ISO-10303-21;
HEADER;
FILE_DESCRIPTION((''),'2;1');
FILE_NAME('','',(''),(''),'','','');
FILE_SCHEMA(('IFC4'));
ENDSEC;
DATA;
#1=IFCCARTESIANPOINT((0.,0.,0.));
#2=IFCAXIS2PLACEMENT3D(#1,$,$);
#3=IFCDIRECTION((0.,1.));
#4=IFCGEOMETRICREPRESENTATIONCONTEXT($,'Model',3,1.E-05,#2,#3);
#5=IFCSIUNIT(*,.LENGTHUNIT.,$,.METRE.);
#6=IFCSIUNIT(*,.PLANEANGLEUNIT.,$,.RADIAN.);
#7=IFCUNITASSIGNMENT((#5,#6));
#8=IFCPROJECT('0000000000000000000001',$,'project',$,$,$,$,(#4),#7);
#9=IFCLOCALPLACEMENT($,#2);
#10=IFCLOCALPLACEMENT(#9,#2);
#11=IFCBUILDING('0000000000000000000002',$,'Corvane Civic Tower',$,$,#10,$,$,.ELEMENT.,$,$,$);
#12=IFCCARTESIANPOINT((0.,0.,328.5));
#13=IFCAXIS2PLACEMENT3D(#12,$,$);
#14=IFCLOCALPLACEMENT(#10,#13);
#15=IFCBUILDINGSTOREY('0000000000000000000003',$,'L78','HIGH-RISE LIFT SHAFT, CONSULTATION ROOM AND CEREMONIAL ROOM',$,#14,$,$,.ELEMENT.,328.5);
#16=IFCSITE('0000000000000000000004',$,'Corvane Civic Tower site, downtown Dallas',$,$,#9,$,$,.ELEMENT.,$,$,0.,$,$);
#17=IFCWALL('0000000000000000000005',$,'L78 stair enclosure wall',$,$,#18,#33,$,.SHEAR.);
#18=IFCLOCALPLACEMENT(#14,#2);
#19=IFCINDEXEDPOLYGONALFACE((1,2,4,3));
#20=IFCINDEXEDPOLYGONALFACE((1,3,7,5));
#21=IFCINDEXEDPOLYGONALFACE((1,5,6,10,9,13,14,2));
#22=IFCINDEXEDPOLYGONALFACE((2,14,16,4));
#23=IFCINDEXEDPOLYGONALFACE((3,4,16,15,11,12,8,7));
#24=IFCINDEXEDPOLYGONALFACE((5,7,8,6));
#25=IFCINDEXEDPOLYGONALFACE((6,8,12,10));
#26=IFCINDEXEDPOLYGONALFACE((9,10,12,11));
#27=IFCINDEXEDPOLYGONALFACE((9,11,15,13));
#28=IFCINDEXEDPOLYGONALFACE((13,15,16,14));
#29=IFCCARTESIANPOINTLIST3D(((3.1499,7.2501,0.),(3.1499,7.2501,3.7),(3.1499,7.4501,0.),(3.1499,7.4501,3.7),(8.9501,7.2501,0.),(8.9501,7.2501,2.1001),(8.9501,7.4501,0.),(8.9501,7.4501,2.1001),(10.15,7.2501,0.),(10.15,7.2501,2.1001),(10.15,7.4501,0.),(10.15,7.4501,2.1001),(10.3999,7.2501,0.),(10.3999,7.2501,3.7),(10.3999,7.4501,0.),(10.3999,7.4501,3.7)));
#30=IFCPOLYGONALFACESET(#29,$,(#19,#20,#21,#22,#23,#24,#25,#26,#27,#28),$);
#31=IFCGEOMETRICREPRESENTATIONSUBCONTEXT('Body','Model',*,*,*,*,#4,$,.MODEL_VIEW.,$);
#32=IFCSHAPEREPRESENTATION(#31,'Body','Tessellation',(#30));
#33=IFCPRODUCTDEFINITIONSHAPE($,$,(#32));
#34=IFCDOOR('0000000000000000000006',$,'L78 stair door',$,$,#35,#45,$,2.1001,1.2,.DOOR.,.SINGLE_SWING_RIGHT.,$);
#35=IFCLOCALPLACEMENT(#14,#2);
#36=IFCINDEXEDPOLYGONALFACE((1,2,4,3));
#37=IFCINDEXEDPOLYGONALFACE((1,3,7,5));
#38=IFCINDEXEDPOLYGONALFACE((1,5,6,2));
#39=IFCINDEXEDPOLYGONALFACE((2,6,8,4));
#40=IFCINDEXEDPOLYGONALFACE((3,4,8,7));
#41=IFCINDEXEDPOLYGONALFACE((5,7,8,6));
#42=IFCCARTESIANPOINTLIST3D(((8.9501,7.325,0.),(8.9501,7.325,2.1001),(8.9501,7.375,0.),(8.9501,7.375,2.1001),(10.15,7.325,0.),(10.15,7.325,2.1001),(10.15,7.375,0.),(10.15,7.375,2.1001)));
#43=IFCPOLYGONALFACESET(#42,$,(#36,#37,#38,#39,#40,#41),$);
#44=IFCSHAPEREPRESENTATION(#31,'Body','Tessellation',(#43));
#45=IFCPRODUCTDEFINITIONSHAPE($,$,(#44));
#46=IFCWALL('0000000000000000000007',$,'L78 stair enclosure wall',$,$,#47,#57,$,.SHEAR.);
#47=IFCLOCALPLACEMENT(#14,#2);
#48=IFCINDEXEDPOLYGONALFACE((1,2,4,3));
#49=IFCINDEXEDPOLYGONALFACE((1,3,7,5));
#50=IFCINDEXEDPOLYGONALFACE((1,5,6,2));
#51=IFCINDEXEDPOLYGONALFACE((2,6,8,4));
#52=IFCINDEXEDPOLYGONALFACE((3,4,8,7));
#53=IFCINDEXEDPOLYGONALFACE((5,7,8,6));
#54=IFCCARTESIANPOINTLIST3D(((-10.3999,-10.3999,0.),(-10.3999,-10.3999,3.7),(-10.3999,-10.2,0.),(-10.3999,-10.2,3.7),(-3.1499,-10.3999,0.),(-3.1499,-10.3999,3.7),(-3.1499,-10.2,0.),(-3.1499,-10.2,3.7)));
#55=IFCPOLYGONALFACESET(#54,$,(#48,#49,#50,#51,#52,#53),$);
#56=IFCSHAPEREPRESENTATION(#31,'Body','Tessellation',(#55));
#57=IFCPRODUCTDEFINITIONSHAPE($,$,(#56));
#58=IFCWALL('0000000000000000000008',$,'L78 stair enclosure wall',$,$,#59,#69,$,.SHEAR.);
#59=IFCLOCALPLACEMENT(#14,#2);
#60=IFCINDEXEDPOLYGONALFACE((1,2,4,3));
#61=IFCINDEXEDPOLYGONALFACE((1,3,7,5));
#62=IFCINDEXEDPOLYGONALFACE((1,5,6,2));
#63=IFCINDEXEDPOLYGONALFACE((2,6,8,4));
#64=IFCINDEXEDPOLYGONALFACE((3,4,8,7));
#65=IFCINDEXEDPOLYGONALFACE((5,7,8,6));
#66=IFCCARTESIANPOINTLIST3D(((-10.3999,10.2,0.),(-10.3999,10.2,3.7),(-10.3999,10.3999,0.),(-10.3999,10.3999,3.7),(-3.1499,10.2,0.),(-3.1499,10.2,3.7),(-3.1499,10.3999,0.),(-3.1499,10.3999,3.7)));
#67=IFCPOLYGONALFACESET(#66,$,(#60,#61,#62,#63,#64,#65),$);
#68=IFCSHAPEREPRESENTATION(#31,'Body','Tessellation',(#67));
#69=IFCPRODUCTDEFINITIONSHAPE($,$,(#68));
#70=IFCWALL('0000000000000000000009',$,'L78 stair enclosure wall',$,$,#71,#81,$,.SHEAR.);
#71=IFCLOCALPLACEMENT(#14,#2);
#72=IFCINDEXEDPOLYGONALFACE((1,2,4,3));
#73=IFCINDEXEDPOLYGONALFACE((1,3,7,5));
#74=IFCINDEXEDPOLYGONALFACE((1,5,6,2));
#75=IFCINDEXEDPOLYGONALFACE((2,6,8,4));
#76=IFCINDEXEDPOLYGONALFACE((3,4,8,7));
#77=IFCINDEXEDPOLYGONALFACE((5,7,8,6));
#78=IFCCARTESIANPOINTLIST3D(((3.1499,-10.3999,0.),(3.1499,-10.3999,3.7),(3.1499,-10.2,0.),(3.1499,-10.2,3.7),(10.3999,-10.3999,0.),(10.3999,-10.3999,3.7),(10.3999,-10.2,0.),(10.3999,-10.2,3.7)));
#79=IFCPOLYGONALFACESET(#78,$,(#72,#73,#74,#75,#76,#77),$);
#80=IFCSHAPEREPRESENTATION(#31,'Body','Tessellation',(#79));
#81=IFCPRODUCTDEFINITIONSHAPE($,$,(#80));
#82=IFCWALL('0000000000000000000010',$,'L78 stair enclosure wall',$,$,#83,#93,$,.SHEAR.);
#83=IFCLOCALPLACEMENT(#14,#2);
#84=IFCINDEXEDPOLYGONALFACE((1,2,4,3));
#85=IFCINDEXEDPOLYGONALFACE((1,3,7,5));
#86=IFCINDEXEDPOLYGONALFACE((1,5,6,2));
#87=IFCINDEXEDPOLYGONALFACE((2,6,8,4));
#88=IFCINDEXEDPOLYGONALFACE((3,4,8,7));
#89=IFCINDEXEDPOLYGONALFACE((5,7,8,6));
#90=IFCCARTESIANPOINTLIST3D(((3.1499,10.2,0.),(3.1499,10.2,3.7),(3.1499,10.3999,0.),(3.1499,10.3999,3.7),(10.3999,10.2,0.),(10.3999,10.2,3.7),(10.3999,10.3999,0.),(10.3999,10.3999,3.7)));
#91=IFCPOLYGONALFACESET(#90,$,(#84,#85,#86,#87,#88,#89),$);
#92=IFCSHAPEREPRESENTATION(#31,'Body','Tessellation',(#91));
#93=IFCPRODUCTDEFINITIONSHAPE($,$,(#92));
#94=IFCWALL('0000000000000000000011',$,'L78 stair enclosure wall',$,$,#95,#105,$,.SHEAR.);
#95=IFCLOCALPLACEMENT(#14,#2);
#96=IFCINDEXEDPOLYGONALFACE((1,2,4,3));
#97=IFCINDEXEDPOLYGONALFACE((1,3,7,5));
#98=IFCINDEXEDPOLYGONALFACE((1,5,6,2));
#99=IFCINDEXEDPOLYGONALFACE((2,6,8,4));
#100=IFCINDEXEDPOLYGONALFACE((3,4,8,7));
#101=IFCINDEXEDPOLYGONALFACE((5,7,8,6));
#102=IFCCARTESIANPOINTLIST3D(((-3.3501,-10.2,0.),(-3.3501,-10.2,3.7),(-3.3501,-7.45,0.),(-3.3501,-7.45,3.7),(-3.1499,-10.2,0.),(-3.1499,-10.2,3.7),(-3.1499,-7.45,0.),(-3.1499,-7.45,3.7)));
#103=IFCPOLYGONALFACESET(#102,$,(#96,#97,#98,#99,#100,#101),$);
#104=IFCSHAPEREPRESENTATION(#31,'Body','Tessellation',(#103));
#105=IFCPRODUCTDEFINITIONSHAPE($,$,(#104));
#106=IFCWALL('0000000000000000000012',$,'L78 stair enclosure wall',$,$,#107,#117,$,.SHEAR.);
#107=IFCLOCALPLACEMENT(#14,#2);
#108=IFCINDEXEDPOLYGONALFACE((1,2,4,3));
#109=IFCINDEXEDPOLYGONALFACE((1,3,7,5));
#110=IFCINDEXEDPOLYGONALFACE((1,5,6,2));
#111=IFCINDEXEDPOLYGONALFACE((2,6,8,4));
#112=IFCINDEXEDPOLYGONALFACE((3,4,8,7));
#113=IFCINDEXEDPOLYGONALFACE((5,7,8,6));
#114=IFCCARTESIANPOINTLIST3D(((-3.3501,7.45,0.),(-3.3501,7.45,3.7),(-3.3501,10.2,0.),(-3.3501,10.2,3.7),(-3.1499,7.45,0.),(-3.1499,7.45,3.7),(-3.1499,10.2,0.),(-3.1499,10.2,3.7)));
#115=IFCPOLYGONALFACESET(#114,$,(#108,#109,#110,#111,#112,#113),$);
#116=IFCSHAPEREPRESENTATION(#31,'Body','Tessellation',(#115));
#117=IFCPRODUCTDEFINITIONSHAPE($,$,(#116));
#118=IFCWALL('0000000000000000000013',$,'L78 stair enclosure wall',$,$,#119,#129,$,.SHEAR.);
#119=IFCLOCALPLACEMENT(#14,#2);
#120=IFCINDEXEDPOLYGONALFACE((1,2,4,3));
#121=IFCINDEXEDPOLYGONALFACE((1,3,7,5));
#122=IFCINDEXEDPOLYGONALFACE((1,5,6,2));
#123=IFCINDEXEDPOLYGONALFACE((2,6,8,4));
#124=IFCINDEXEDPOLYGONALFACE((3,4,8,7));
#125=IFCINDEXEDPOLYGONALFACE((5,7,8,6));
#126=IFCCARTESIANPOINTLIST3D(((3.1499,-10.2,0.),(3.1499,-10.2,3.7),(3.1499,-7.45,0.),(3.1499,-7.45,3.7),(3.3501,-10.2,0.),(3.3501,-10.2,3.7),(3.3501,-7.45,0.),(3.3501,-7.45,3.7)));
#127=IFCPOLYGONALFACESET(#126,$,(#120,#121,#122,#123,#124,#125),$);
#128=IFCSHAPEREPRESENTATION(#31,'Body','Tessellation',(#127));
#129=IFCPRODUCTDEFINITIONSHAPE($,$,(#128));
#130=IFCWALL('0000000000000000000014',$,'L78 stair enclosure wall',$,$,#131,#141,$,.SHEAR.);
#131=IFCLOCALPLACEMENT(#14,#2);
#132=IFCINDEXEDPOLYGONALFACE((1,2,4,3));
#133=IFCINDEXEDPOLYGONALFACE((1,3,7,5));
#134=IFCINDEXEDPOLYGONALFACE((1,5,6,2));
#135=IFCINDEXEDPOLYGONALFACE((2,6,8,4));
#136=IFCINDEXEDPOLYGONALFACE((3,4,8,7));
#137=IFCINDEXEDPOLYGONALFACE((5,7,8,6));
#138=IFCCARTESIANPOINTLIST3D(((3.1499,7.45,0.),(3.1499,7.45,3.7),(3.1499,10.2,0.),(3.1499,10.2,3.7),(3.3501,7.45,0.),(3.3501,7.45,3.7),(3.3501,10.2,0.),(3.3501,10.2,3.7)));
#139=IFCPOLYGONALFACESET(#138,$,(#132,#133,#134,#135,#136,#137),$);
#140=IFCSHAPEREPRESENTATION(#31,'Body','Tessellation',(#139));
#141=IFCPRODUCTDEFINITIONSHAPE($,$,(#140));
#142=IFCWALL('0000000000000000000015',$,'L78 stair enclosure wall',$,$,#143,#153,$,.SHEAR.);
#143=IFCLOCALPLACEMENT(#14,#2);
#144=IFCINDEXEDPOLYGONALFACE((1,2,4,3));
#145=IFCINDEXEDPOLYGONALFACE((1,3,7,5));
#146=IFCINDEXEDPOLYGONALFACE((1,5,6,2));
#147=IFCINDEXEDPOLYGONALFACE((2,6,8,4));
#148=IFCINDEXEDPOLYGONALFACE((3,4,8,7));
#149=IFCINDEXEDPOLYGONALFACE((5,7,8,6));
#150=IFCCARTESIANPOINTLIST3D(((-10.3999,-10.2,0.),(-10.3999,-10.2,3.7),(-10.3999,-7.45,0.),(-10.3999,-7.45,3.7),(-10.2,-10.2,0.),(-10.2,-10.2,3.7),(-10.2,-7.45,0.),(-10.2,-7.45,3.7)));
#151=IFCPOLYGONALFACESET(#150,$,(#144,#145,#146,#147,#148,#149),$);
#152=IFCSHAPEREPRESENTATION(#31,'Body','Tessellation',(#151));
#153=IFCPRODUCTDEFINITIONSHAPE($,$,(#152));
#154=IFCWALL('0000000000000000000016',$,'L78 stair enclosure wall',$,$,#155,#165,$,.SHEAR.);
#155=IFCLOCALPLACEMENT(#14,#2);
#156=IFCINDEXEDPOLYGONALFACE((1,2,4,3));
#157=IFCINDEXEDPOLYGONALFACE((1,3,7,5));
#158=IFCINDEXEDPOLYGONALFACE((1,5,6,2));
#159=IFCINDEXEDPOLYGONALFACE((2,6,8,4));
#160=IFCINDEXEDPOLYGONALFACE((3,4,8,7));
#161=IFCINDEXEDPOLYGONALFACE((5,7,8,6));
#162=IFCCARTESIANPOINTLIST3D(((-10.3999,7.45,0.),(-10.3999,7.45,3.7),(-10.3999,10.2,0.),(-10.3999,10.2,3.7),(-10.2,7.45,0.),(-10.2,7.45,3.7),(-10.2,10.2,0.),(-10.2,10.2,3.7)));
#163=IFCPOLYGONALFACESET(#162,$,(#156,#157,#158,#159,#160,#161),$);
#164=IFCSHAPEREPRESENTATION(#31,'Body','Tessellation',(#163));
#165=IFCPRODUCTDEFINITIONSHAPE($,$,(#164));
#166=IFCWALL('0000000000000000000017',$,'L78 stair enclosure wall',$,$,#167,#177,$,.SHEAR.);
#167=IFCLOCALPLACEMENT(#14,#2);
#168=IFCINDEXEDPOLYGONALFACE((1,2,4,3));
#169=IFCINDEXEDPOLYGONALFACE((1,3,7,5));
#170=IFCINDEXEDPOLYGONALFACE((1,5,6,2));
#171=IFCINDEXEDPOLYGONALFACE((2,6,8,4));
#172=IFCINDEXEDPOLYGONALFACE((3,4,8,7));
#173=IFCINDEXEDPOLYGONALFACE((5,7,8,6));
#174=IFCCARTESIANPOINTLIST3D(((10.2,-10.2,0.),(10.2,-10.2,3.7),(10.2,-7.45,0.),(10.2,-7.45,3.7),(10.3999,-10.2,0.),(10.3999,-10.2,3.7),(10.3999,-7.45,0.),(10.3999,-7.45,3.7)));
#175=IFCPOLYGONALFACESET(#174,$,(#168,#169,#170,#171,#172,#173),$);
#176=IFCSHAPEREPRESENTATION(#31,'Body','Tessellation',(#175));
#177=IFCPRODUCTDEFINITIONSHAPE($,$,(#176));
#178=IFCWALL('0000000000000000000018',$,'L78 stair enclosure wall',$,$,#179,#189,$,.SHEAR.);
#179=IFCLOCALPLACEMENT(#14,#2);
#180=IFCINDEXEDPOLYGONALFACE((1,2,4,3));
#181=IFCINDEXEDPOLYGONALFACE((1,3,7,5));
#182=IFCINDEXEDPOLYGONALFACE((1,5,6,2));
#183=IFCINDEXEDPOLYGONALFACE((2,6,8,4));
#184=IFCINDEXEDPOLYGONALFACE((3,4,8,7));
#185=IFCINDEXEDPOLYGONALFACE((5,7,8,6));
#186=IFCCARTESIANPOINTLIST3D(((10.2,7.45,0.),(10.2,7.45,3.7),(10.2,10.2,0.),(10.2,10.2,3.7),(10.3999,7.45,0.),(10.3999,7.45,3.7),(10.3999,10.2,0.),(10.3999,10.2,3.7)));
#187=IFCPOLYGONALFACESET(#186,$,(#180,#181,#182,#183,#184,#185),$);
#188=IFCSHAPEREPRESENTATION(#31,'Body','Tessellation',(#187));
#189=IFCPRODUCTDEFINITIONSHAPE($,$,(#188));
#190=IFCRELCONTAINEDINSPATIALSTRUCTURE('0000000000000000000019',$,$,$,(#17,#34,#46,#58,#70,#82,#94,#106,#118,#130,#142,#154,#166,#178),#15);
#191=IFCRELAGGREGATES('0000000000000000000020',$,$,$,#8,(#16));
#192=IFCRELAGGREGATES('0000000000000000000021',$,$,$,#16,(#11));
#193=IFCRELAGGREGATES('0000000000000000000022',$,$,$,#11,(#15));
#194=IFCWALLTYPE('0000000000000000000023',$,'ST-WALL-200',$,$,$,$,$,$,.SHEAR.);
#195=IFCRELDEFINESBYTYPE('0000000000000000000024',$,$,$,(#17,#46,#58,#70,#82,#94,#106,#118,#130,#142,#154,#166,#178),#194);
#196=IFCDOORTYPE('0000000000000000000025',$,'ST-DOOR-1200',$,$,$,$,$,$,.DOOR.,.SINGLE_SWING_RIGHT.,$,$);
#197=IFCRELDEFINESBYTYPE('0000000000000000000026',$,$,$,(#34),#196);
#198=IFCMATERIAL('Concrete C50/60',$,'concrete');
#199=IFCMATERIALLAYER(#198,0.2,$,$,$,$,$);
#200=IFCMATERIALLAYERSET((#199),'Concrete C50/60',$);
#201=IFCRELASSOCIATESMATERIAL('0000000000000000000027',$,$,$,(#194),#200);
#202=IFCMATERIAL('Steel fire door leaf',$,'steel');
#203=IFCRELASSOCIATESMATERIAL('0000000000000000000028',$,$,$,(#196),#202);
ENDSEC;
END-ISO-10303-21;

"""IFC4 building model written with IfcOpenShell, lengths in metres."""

from ifc_helpers import new_model, si_unit, direction, frame, frame_2d, origin, place, context, subcontext, project, spatial, polyline, rectangle, outline, extrude, material, layer, layer_set, type_object, element, fill, save


model = new_model("IFC4")

# Units and contexts
model_context = context("Model", 3, precision=1e-05, world=origin(), true_north=direction((0.0, 1.0)))
body_context = subcontext(model_context, "Body", "Model", "MODEL_VIEW")
ifc_project = project(units=[si_unit("LENGTHUNIT", "METRE"), si_unit("PLANEANGLEUNIT", "RADIAN")], contexts=[model_context])

# Site, building, storey
site_placement = place(None, origin())
site = spatial("IfcSite", under=ifc_project, at=site_placement, Name="Corvane Civic Tower site, downtown Dallas", CompositionType="ELEMENT", RefElevation=0.0)
building_placement = place(site_placement, origin())
building = spatial("IfcBuilding", under=site, at=building_placement, Name="Corvane Civic Tower", CompositionType="ELEMENT")
storey_placement = place(building_placement, frame((0.0, 0.0, 328.5)))
storey = spatial("IfcBuildingStorey", under=building, at=storey_placement, Name="L78", Description="HIGH-RISE LIFT SHAFT, CONSULTATION ROOM AND CEREMONIAL ROOM", CompositionType="ELEMENT", Elevation=328.5)

# Wall, opening, door
ifc_material_1 = material(Name="Concrete C50/60", Category="concrete")
ifc_layer_1 = layer(ifc_material_1, 0.2)
ifc_layer_set_1 = layer_set([ifc_layer_1], Name="Concrete C50/60")
wall_type_1 = type_object("IfcWallType", Name="ST-WALL-200", PredefinedType="SHEAR", material=ifc_layer_set_1)
wall_1_placement = place(storey_placement, frame((3.1499, 7.3501, 0.0), z_axis=(0.0, 0.0, 1.0), x_axis=(1.0, 0.0, 0.0)))
wall_1 = element("IfcWall", 1, at=wall_1_placement, inside=storey, type_object=wall_type_1, Name="L78 stair enclosure wall", PredefinedType="SHEAR", context=body_context, shape_type="SweptSolid", body=[
    extrude(rectangle(XDim=7.25, YDim=0.2, at=frame_2d((3.625, 0.0))), origin(), (0.0, 0.0, 1.0), 3.7),
])
opening_1_placement = place(wall_1_placement, frame((5.8, 0.0, 0.0)))
opening_1 = element("IfcOpeningElement", 2, at=opening_1_placement, cuts=wall_1, PredefinedType="OPENING", context=body_context, shape_type="SweptSolid", body=[
    extrude(rectangle(XDim=1.2, YDim=2.1001, at=frame_2d((0.6001, 1.05))), frame((0.0, 0.1099, 0.0), z_axis=(0.0, -1.0, 0.0), x_axis=(1.0, 0.0, 0.0)), (0.0, 0.0, 1.0), 0.22),
])
ifc_material_2 = material(Name="Steel fire door leaf", Category="steel")
door_type_1 = type_object("IfcDoorType", Name="ST-DOOR-1200", OperationType="SINGLE_SWING_RIGHT", PredefinedType="DOOR", material=ifc_material_2)
door_1_placement = place(opening_1_placement, origin())
door_1 = element("IfcDoor", 3, at=door_1_placement, inside=storey, type_object=door_type_1, Name="L78 stair door", OperationType="SINGLE_SWING_RIGHT", OverallHeight=2.1001, OverallWidth=1.2, PredefinedType="DOOR", context=body_context, shape_type="SweptSolid", body=[
    extrude(rectangle(XDim=1.2, YDim=2.1001, at=frame_2d((0.6001, 1.05))), frame((0.0, 0.0249, 0.0), z_axis=(0.0, -1.0, 0.0), x_axis=(1.0, 0.0, 0.0)), (0.0, 0.0, 1.0), 0.05),
])
fill(opening_1, door_1)

# Walls
wall_2_placement = place(storey_placement, origin())
element("IfcWall", 4, at=wall_2_placement, inside=storey, type_object=wall_type_1, Name="L78 stair enclosure wall", PredefinedType="SHEAR", context=body_context, shape_type="SweptSolid", body=[
    extrude(outline(polyline([(-3.1499, -10.2), (-3.1499, -10.3999), (-10.3999, -10.3999), (-10.3999, -10.2), (-3.1499, -10.2)])), origin(), (0.0, 0.0, 1.0), 3.7),
])
wall_3_placement = place(storey_placement, origin())
element("IfcWall", 5, at=wall_3_placement, inside=storey, type_object=wall_type_1, Name="L78 stair enclosure wall", PredefinedType="SHEAR", context=body_context, shape_type="SweptSolid", body=[
    extrude(outline(polyline([(-3.1499, 10.2), (-10.3999, 10.2), (-10.3999, 10.3999), (-3.1499, 10.3999), (-3.1499, 10.2)])), origin(), (0.0, 0.0, 1.0), 3.7),
])
wall_4_placement = place(storey_placement, origin())
element("IfcWall", 6, at=wall_4_placement, inside=storey, type_object=wall_type_1, Name="L78 stair enclosure wall", PredefinedType="SHEAR", context=body_context, shape_type="SweptSolid", body=[
    extrude(outline(polyline([(10.3999, -10.3999), (3.1499, -10.3999), (3.1499, -10.2), (10.3999, -10.2), (10.3999, -10.3999)])), origin(), (0.0, 0.0, 1.0), 3.7),
])
wall_5_placement = place(storey_placement, origin())
element("IfcWall", 7, at=wall_5_placement, inside=storey, type_object=wall_type_1, Name="L78 stair enclosure wall", PredefinedType="SHEAR", context=body_context, shape_type="SweptSolid", body=[
    extrude(outline(polyline([(10.3999, 10.2), (3.1499, 10.2), (3.1499, 10.3999), (10.3999, 10.3999), (10.3999, 10.2)])), origin(), (0.0, 0.0, 1.0), 3.7),
])
wall_6_placement = place(storey_placement, origin())
element("IfcWall", 8, at=wall_6_placement, inside=storey, type_object=wall_type_1, Name="L78 stair enclosure wall", PredefinedType="SHEAR", context=body_context, shape_type="SweptSolid", body=[
    extrude(outline(polyline([(-3.1499, -7.45), (-3.1499, -10.2), (-3.3501, -10.2), (-3.3501, -7.45), (-3.1499, -7.45)])), origin(), (0.0, 0.0, 1.0), 3.7),
])
wall_7_placement = place(storey_placement, origin())
element("IfcWall", 9, at=wall_7_placement, inside=storey, type_object=wall_type_1, Name="L78 stair enclosure wall", PredefinedType="SHEAR", context=body_context, shape_type="SweptSolid", body=[
    extrude(outline(polyline([(-3.1499, 7.45), (-3.3501, 7.45), (-3.3501, 10.2), (-3.1499, 10.2), (-3.1499, 7.45)])), origin(), (0.0, 0.0, 1.0), 3.7),
])
wall_8_placement = place(storey_placement, origin())
element("IfcWall", 10, at=wall_8_placement, inside=storey, type_object=wall_type_1, Name="L78 stair enclosure wall", PredefinedType="SHEAR", context=body_context, shape_type="SweptSolid", body=[
    extrude(outline(polyline([(3.3501, -7.45), (3.3501, -10.2), (3.1499, -10.2), (3.1499, -7.45), (3.3501, -7.45)])), origin(), (0.0, 0.0, 1.0), 3.7),
])
wall_9_placement = place(storey_placement, origin())
element("IfcWall", 11, at=wall_9_placement, inside=storey, type_object=wall_type_1, Name="L78 stair enclosure wall", PredefinedType="SHEAR", context=body_context, shape_type="SweptSolid", body=[
    extrude(outline(polyline([(3.3501, 7.45), (3.1499, 7.45), (3.1499, 10.2), (3.3501, 10.2), (3.3501, 7.45)])), origin(), (0.0, 0.0, 1.0), 3.7),
])
wall_10_placement = place(storey_placement, origin())
element("IfcWall", 12, at=wall_10_placement, inside=storey, type_object=wall_type_1, Name="L78 stair enclosure wall", PredefinedType="SHEAR", context=body_context, shape_type="SweptSolid", body=[
    extrude(outline(polyline([(-10.2, -7.45), (-10.2, -10.2), (-10.3999, -10.2), (-10.3999, -7.45), (-10.2, -7.45)])), origin(), (0.0, 0.0, 1.0), 3.7),
])
wall_11_placement = place(storey_placement, origin())
element("IfcWall", 13, at=wall_11_placement, inside=storey, type_object=wall_type_1, Name="L78 stair enclosure wall", PredefinedType="SHEAR", context=body_context, shape_type="SweptSolid", body=[
    extrude(outline(polyline([(-10.2, 7.45), (-10.3999, 7.45), (-10.3999, 10.2), (-10.2, 10.2), (-10.2, 7.45)])), origin(), (0.0, 0.0, 1.0), 3.7),
])
wall_12_placement = place(storey_placement, origin())
element("IfcWall", 14, at=wall_12_placement, inside=storey, type_object=wall_type_1, Name="L78 stair enclosure wall", PredefinedType="SHEAR", context=body_context, shape_type="SweptSolid", body=[
    extrude(outline(polyline([(10.3999, -7.45), (10.3999, -10.2), (10.2, -10.2), (10.2, -7.45), (10.3999, -7.45)])), origin(), (0.0, 0.0, 1.0), 3.7),
])
wall_13_placement = place(storey_placement, origin())
element("IfcWall", 15, at=wall_13_placement, inside=storey, type_object=wall_type_1, Name="L78 stair enclosure wall", PredefinedType="SHEAR", context=body_context, shape_type="SweptSolid", body=[
    extrude(outline(polyline([(10.3999, 7.45), (10.2, 7.45), (10.2, 10.2), (10.3999, 10.2), (10.3999, 7.45)])), origin(), (0.0, 0.0, 1.0), 3.7),
])

save(model, "model.ifc")
